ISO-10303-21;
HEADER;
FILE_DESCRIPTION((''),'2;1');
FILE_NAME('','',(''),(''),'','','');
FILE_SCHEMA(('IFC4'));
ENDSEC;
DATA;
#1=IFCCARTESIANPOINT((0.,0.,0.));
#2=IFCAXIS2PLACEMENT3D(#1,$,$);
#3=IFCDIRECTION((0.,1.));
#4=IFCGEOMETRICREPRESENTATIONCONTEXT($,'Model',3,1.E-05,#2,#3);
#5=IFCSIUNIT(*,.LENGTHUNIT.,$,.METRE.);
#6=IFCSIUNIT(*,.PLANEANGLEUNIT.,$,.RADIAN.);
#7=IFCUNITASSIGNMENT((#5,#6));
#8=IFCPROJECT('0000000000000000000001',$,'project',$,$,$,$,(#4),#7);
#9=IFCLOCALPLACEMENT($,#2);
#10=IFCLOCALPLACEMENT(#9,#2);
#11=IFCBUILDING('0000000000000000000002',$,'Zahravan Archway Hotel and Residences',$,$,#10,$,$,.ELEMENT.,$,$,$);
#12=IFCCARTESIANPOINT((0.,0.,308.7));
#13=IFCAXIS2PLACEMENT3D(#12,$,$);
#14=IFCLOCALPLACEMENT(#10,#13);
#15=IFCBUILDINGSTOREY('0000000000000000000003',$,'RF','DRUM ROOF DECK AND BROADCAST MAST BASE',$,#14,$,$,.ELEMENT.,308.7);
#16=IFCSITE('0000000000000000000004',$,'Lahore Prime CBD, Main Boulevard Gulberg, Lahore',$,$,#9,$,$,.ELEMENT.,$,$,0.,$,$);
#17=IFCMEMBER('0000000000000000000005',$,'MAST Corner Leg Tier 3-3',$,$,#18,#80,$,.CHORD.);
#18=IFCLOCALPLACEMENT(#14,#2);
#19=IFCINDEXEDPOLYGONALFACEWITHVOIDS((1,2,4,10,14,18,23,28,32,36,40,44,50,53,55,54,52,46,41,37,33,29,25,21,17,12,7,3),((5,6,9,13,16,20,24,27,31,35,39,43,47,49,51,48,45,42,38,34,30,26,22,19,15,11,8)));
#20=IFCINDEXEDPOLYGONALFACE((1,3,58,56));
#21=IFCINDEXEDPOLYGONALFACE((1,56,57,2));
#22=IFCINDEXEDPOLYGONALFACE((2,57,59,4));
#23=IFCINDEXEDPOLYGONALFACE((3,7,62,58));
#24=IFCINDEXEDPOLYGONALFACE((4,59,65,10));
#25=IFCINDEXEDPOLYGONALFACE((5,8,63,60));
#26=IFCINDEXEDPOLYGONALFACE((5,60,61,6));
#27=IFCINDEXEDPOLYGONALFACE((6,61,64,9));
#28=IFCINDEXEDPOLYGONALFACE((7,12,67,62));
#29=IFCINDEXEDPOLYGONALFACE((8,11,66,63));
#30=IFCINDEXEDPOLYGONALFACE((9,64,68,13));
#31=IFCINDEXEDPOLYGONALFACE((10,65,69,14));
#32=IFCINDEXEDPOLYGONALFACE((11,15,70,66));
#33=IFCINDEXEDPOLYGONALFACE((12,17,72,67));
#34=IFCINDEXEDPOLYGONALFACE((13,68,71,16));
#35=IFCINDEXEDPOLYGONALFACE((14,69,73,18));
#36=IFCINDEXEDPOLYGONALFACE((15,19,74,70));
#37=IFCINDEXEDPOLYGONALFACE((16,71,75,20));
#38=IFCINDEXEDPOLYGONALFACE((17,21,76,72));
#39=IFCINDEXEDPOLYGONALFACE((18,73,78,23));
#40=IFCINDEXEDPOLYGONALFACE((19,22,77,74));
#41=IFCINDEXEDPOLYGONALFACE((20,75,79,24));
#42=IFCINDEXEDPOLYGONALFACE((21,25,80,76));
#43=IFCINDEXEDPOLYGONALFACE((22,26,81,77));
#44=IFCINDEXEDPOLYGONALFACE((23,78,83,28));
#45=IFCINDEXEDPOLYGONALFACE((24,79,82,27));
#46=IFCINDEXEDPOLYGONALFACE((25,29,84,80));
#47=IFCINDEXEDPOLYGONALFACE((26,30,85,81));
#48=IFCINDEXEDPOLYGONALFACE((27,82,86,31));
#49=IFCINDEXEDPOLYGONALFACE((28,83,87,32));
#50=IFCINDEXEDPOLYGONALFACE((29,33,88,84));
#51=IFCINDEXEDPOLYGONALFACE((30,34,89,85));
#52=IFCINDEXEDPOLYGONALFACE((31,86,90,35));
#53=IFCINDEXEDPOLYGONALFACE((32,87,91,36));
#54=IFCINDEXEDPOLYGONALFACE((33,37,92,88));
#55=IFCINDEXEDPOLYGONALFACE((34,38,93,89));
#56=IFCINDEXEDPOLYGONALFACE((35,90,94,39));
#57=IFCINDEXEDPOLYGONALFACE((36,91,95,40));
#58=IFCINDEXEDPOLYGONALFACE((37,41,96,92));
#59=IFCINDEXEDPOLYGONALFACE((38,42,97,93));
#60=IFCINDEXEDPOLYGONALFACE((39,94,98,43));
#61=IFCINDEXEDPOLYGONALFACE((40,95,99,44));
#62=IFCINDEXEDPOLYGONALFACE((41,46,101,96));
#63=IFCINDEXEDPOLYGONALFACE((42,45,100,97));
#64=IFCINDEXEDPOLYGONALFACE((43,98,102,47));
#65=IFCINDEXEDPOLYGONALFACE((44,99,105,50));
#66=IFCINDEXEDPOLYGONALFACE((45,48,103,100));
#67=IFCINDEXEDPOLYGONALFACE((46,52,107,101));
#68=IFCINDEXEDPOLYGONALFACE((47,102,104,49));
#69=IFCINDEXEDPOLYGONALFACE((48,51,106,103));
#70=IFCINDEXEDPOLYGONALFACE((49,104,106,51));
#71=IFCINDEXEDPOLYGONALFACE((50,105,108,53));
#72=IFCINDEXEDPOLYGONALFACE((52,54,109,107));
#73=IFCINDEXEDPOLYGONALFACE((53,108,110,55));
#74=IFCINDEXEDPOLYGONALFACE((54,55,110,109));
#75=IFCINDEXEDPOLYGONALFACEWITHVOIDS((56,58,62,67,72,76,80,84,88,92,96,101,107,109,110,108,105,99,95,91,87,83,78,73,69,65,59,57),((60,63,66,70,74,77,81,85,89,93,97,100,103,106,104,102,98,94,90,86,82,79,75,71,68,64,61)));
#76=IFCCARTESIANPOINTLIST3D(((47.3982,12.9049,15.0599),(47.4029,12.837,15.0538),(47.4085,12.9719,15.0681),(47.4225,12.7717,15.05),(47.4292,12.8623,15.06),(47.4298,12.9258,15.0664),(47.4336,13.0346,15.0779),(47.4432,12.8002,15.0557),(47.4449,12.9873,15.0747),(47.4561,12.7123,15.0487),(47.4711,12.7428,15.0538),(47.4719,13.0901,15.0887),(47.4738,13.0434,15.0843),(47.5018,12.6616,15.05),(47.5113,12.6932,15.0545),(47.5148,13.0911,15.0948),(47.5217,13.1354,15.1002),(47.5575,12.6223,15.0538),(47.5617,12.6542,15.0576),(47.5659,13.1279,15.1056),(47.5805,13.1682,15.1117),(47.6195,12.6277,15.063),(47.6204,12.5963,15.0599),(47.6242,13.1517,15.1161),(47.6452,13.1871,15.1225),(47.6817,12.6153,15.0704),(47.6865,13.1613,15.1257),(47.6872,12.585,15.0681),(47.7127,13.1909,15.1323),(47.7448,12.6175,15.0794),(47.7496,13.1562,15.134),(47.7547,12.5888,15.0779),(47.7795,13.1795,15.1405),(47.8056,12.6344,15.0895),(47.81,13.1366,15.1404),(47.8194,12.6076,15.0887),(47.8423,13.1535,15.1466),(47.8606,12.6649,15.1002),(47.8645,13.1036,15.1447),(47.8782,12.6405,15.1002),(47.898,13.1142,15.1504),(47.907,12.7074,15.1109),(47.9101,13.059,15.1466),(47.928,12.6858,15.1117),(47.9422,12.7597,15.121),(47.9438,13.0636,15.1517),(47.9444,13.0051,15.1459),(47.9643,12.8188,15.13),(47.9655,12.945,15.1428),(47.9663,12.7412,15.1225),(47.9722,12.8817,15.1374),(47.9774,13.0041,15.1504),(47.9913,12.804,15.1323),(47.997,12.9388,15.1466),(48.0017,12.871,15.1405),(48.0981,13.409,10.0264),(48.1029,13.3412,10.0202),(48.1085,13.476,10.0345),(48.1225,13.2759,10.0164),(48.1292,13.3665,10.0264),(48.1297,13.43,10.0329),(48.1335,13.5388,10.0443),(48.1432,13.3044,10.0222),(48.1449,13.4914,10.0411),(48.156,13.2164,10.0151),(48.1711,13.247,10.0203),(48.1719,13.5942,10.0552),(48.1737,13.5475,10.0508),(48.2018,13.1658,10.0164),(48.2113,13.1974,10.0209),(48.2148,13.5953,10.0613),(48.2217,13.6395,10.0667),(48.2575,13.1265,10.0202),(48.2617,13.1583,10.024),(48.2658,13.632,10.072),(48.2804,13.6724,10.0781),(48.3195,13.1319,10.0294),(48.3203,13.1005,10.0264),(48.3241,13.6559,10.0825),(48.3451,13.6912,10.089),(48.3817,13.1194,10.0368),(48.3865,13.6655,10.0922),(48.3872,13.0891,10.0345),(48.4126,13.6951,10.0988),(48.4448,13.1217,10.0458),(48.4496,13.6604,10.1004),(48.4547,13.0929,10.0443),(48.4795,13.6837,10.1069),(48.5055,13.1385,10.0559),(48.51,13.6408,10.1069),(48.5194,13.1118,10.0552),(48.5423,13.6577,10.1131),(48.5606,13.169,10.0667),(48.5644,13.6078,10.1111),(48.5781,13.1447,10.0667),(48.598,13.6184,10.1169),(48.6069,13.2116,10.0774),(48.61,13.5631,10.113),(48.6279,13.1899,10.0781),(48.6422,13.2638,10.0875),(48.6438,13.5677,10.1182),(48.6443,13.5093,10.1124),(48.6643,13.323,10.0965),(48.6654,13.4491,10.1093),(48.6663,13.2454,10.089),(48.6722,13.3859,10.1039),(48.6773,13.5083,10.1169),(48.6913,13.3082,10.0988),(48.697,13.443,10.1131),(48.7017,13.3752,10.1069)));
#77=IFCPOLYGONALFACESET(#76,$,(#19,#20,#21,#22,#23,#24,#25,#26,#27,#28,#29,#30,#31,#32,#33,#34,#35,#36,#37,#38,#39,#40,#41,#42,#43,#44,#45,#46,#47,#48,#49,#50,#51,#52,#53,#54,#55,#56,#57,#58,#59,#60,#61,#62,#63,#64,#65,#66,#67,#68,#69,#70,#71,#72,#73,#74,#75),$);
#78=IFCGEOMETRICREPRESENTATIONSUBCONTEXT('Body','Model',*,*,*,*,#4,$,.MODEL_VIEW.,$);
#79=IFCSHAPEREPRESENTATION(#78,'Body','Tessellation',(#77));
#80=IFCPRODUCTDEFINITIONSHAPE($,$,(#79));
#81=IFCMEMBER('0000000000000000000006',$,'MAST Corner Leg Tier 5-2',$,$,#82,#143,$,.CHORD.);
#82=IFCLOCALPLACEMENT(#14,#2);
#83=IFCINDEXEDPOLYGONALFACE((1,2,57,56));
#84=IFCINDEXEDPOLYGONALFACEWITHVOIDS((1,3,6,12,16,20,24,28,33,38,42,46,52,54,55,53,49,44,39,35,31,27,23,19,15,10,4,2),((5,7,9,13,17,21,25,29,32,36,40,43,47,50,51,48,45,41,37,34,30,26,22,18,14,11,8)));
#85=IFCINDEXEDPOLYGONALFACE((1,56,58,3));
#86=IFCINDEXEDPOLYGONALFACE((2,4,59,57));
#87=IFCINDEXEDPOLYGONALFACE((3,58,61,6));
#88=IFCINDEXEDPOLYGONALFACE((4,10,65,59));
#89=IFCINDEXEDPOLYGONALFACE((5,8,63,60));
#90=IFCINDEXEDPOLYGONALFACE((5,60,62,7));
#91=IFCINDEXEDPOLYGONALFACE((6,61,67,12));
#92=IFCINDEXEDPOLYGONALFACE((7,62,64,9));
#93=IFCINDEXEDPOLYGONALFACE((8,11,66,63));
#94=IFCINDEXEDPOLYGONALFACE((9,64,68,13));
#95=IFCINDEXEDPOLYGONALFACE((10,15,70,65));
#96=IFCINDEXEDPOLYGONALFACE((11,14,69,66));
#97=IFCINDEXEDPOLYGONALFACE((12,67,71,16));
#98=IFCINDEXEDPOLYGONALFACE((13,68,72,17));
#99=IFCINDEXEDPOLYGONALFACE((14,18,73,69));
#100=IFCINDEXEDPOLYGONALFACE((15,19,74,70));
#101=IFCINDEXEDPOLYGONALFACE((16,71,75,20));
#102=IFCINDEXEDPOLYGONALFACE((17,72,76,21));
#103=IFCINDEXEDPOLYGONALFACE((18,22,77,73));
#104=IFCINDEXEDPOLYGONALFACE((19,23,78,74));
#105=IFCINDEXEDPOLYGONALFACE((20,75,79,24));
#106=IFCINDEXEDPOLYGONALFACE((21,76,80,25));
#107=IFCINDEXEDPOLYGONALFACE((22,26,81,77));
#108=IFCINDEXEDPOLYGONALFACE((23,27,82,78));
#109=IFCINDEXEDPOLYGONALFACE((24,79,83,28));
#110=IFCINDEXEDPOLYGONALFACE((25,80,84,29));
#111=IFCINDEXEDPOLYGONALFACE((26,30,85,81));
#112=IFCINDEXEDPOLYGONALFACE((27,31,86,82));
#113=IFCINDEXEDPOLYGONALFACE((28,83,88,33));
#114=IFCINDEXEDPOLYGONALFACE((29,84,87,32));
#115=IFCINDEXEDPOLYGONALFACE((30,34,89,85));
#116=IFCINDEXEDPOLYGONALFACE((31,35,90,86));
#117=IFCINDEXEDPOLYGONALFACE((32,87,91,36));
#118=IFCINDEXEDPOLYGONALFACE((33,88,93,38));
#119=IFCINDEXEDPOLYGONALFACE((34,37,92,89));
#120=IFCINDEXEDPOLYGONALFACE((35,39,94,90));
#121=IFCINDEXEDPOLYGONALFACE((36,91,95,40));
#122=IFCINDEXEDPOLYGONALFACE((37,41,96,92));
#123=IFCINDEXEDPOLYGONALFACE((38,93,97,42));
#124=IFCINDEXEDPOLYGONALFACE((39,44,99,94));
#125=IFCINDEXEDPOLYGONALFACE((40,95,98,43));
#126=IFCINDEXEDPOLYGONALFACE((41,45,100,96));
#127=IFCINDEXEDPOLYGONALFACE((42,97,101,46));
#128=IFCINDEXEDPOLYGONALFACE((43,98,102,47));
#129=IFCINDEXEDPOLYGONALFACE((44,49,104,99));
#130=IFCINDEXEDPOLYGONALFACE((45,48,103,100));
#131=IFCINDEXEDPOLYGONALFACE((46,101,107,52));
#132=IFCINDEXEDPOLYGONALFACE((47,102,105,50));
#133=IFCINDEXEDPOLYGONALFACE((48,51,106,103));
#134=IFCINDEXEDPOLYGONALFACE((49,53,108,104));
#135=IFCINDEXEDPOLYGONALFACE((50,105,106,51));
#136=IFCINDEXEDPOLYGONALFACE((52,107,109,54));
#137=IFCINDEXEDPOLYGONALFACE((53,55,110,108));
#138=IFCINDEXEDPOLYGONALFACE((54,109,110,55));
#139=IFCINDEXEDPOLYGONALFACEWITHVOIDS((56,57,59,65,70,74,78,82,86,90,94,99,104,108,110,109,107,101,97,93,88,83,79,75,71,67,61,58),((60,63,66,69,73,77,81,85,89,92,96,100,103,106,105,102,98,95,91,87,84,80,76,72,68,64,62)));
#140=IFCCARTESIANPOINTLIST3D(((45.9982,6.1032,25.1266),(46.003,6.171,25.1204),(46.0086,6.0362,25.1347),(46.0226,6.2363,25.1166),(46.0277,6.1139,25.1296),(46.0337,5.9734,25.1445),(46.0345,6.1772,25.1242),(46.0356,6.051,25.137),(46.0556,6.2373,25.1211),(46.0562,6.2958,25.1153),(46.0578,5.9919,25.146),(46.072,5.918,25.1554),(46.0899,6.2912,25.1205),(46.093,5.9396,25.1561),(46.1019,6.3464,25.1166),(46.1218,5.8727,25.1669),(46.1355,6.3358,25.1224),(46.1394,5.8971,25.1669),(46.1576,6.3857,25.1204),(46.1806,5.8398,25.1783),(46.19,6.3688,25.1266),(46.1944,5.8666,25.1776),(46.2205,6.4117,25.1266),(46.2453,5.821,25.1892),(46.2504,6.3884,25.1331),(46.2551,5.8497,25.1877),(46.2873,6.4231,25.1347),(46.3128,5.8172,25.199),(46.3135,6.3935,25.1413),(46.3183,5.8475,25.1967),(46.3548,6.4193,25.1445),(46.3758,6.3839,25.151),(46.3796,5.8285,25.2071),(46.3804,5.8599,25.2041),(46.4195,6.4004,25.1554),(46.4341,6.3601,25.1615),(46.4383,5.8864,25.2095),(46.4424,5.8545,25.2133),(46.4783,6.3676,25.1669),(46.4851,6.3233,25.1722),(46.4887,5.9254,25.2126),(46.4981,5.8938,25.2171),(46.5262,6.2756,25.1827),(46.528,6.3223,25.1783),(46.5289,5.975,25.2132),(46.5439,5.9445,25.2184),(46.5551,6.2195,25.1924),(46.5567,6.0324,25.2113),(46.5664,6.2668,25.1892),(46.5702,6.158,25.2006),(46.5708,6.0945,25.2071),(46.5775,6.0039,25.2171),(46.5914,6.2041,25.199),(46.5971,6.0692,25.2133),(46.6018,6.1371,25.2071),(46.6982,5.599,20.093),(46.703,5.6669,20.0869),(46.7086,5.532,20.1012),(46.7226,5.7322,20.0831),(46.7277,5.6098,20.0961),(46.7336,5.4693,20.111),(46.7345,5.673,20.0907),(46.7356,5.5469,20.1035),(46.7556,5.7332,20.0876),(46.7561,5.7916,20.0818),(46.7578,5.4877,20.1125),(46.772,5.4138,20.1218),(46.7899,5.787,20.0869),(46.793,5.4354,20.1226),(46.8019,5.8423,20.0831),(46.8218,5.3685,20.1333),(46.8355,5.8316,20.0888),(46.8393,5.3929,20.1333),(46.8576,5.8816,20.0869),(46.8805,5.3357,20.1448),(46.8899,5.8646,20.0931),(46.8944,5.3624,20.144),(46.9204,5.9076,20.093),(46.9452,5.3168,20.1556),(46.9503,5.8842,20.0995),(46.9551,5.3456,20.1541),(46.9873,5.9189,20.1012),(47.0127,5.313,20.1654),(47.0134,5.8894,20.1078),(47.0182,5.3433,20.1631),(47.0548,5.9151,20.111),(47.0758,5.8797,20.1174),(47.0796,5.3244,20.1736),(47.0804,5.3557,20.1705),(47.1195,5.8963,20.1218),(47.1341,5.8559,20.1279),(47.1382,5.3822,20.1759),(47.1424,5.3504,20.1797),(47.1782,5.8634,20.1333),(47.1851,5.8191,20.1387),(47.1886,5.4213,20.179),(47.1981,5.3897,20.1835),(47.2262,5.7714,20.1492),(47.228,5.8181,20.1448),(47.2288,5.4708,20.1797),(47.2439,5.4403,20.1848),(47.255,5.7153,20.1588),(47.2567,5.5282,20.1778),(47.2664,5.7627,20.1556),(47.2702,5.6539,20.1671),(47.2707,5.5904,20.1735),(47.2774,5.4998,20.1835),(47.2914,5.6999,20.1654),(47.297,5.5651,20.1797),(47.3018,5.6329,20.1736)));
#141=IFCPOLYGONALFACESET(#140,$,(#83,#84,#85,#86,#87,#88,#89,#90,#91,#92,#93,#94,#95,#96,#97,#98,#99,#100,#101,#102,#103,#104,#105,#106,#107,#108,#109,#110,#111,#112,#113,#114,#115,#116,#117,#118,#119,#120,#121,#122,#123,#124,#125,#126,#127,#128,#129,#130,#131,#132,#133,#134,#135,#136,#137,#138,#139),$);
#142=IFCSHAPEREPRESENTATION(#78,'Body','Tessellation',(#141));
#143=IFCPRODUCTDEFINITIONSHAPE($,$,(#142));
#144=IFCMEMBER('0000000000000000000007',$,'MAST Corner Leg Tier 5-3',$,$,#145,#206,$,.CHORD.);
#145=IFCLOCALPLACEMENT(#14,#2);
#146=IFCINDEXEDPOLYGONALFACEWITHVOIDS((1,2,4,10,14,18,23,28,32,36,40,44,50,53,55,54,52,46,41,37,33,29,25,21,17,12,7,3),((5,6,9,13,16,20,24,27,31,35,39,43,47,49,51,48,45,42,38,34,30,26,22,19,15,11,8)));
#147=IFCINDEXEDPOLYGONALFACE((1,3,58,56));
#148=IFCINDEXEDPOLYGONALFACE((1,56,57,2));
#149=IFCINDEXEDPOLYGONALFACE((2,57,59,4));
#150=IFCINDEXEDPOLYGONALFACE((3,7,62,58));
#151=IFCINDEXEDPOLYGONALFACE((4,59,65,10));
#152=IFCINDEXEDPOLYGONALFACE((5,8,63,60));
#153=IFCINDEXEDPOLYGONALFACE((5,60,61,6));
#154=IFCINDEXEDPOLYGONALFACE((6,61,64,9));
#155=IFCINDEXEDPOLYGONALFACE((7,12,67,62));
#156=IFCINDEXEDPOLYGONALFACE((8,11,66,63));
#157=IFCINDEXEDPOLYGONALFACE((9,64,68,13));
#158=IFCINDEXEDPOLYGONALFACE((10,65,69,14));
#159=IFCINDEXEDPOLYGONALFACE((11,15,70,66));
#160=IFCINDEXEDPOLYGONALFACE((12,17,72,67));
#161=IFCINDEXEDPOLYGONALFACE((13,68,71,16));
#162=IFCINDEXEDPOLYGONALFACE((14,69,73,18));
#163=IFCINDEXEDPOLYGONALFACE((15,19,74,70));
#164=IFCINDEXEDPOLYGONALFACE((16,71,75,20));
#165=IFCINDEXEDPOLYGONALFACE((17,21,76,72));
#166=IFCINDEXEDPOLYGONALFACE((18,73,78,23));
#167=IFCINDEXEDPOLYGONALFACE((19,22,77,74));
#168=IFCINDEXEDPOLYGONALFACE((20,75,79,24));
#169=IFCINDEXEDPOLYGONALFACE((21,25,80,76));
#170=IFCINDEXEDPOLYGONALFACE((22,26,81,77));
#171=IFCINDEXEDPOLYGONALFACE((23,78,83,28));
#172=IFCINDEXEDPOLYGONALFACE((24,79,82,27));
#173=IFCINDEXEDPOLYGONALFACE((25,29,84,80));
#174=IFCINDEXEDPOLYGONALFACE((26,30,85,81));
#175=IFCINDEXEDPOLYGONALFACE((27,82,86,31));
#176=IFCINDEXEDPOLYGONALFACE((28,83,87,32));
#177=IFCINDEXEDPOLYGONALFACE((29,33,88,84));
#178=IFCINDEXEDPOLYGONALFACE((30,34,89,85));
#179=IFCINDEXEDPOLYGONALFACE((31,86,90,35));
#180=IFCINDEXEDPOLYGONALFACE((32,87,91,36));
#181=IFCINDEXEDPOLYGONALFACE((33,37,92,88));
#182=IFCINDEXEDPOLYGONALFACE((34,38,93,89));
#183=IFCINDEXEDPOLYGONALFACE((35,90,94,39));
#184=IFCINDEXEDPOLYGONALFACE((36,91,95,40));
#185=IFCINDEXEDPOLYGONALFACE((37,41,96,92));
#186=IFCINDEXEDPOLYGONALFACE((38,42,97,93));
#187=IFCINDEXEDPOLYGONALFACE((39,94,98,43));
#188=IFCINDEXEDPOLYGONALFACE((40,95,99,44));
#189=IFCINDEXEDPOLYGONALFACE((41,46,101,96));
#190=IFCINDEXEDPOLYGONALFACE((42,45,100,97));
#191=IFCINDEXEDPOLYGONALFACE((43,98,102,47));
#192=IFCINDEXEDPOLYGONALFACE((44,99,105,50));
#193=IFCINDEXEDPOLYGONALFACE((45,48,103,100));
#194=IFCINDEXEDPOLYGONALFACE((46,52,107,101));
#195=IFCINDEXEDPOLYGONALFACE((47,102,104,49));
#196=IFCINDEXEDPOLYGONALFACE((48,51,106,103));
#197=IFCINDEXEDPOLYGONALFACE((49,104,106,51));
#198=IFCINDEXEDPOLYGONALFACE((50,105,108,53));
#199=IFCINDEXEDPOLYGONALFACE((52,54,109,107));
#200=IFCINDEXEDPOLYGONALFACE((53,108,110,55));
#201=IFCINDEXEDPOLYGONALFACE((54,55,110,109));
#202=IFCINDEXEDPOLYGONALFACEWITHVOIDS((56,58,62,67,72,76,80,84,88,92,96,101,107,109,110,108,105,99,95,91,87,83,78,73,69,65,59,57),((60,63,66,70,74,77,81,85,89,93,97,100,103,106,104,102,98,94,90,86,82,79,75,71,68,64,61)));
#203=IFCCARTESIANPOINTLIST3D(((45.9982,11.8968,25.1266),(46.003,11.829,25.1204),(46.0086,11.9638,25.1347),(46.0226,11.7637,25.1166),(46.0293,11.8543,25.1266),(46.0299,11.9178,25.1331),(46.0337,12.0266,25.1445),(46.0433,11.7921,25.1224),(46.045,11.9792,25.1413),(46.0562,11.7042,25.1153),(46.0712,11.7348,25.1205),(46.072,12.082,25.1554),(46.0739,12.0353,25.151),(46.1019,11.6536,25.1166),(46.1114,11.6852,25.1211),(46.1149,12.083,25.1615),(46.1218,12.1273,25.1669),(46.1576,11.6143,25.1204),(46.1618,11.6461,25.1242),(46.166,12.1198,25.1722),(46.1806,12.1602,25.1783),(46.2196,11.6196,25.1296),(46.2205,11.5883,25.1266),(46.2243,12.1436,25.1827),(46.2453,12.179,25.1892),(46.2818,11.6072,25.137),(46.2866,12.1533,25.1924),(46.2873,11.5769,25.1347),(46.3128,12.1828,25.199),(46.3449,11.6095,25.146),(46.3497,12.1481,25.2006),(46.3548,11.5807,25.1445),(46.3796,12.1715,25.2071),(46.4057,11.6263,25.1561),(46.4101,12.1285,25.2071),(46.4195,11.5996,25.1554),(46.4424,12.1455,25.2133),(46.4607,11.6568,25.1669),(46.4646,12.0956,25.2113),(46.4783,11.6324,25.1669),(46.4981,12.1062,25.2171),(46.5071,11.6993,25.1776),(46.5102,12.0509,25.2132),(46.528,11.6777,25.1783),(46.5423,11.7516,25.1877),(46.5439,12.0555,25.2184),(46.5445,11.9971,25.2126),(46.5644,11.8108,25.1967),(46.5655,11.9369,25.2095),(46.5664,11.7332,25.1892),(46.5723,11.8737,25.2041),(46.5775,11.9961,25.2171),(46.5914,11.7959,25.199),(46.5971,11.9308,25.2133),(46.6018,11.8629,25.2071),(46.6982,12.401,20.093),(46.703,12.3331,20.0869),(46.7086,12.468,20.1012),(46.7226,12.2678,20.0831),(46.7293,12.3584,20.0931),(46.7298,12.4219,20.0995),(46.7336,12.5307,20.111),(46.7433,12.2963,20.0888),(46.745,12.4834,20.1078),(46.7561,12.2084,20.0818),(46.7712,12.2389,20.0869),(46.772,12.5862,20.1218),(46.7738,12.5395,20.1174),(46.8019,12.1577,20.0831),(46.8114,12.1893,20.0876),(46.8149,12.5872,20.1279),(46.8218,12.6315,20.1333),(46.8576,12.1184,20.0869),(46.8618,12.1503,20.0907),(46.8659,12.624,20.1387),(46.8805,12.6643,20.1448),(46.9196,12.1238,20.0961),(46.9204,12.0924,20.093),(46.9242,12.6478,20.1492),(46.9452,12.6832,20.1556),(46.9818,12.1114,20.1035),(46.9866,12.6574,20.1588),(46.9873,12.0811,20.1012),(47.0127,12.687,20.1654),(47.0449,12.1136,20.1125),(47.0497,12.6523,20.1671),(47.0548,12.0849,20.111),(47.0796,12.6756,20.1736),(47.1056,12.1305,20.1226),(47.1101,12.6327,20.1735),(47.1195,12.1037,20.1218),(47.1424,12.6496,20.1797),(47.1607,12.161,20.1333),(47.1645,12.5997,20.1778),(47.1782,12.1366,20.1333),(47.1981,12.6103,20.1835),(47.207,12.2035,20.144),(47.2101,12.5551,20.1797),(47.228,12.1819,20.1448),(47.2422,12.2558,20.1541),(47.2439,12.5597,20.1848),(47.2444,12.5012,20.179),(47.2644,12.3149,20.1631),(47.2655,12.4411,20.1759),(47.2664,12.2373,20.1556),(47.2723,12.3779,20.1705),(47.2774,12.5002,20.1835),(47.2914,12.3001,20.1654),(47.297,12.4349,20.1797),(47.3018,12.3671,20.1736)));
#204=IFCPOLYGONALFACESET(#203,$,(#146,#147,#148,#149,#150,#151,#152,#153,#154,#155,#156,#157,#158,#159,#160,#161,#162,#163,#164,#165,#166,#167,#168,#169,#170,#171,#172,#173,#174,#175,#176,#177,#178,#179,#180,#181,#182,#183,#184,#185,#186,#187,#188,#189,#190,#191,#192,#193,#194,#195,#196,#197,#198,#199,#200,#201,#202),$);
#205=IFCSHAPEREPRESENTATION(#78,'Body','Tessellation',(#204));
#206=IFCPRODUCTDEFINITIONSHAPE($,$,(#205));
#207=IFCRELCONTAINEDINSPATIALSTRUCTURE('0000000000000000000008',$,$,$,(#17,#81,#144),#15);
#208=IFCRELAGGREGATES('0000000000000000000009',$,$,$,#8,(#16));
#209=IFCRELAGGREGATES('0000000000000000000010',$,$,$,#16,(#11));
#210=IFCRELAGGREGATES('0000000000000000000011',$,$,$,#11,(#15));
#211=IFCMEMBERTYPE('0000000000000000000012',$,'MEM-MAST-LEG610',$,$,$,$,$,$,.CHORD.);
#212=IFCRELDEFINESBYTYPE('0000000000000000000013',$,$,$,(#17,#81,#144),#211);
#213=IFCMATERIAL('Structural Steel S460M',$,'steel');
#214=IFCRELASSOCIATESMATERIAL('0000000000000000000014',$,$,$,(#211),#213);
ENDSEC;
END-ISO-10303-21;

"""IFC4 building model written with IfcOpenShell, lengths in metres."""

from ifc_helpers import new_model, si_unit, direction, frame, origin, origin_2d, place, context, subcontext, project, spatial, hollow_circle, extrude, source, transform, mapped, material, material_profile, profile_set, type_object, element, save


model = new_model("IFC4")

# Units and contexts
model_context = context("Model", 3, precision=1e-05, world=origin(), true_north=direction((0.0, 1.0)))
body_context = subcontext(model_context, "Body", "Model", "MODEL_VIEW")
ifc_project = project(units=[si_unit("LENGTHUNIT", "METRE"), si_unit("PLANEANGLEUNIT", "RADIAN")], contexts=[model_context])

# Site, building, storey
site_placement = place(None, origin())
site = spatial("IfcSite", under=ifc_project, at=site_placement, Name="Lahore Prime CBD, Main Boulevard Gulberg, Lahore", CompositionType="ELEMENT", RefElevation=0.0)
building_placement = place(site_placement, origin())
building = spatial("IfcBuilding", under=site, at=building_placement, Name="Zahravan Archway Hotel and Residences", CompositionType="ELEMENT")
storey_placement = place(building_placement, frame((0.0, 0.0, 308.7)))
storey = spatial("IfcBuildingStorey", under=building, at=storey_placement, Name="RF", Description="DRUM ROOF DECK AND BROADCAST MAST BASE", CompositionType="ELEMENT", Elevation=308.7)

# Members
ifc_material_1 = material(Name="Structural Steel S460M", Category="steel")
ifc_material_profile_1 = material_profile(ifc_material_1, hollow_circle(Radius=0.3049, WallThickness=0.03, at=origin_2d()), Name="CHS 610x30", Category="steel")
ifc_profile_set_1 = profile_set([ifc_material_profile_1], Name="Structural Steel S460M")
member_type_1 = type_object("IfcMemberType", Name="MEM-MAST-LEG610", PredefinedType="CHORD", material=ifc_profile_set_1)
shared_shape_1 = source(origin(), body_context, "Body", "SweptSolid", [
    extrude(hollow_circle(Radius=0.3049, WallThickness=0.03, at=origin_2d()), origin(), (0.0, 0.0, 1.0), 5.1069),
])
for number, where, z_axis, x_axis, name in (
    (1, (48.3999, 13.3921, 10.0667), (-0.137062, -0.098721, 0.985631), (0.584446, -0.811432, 0.0), "MAST Corner Leg Tier 3-3"),
    (2, (47.0, 5.616, 20.1333), (-0.137062, 0.098721, 0.985631), (-0.584446, -0.811432, 0.0), "MAST Corner Leg Tier 5-2"),
    (3, (47.0, 12.384, 20.1333), (-0.137062, -0.098721, 0.985631), (0.584446, -0.811432, 0.0), "MAST Corner Leg Tier 5-3"),
):
    element("IfcMember", number, at=place(storey_placement, frame(where, z_axis=z_axis, x_axis=x_axis)), inside=storey, type_object=member_type_1, Name=name, PredefinedType="CHORD", context=body_context, shape_type="MappedRepresentation", body=[
        mapped(shared_shape_1, transform((0.0, 0.0, 0.0), scale=1.0)),
    ])

save(model, "model.ifc")
